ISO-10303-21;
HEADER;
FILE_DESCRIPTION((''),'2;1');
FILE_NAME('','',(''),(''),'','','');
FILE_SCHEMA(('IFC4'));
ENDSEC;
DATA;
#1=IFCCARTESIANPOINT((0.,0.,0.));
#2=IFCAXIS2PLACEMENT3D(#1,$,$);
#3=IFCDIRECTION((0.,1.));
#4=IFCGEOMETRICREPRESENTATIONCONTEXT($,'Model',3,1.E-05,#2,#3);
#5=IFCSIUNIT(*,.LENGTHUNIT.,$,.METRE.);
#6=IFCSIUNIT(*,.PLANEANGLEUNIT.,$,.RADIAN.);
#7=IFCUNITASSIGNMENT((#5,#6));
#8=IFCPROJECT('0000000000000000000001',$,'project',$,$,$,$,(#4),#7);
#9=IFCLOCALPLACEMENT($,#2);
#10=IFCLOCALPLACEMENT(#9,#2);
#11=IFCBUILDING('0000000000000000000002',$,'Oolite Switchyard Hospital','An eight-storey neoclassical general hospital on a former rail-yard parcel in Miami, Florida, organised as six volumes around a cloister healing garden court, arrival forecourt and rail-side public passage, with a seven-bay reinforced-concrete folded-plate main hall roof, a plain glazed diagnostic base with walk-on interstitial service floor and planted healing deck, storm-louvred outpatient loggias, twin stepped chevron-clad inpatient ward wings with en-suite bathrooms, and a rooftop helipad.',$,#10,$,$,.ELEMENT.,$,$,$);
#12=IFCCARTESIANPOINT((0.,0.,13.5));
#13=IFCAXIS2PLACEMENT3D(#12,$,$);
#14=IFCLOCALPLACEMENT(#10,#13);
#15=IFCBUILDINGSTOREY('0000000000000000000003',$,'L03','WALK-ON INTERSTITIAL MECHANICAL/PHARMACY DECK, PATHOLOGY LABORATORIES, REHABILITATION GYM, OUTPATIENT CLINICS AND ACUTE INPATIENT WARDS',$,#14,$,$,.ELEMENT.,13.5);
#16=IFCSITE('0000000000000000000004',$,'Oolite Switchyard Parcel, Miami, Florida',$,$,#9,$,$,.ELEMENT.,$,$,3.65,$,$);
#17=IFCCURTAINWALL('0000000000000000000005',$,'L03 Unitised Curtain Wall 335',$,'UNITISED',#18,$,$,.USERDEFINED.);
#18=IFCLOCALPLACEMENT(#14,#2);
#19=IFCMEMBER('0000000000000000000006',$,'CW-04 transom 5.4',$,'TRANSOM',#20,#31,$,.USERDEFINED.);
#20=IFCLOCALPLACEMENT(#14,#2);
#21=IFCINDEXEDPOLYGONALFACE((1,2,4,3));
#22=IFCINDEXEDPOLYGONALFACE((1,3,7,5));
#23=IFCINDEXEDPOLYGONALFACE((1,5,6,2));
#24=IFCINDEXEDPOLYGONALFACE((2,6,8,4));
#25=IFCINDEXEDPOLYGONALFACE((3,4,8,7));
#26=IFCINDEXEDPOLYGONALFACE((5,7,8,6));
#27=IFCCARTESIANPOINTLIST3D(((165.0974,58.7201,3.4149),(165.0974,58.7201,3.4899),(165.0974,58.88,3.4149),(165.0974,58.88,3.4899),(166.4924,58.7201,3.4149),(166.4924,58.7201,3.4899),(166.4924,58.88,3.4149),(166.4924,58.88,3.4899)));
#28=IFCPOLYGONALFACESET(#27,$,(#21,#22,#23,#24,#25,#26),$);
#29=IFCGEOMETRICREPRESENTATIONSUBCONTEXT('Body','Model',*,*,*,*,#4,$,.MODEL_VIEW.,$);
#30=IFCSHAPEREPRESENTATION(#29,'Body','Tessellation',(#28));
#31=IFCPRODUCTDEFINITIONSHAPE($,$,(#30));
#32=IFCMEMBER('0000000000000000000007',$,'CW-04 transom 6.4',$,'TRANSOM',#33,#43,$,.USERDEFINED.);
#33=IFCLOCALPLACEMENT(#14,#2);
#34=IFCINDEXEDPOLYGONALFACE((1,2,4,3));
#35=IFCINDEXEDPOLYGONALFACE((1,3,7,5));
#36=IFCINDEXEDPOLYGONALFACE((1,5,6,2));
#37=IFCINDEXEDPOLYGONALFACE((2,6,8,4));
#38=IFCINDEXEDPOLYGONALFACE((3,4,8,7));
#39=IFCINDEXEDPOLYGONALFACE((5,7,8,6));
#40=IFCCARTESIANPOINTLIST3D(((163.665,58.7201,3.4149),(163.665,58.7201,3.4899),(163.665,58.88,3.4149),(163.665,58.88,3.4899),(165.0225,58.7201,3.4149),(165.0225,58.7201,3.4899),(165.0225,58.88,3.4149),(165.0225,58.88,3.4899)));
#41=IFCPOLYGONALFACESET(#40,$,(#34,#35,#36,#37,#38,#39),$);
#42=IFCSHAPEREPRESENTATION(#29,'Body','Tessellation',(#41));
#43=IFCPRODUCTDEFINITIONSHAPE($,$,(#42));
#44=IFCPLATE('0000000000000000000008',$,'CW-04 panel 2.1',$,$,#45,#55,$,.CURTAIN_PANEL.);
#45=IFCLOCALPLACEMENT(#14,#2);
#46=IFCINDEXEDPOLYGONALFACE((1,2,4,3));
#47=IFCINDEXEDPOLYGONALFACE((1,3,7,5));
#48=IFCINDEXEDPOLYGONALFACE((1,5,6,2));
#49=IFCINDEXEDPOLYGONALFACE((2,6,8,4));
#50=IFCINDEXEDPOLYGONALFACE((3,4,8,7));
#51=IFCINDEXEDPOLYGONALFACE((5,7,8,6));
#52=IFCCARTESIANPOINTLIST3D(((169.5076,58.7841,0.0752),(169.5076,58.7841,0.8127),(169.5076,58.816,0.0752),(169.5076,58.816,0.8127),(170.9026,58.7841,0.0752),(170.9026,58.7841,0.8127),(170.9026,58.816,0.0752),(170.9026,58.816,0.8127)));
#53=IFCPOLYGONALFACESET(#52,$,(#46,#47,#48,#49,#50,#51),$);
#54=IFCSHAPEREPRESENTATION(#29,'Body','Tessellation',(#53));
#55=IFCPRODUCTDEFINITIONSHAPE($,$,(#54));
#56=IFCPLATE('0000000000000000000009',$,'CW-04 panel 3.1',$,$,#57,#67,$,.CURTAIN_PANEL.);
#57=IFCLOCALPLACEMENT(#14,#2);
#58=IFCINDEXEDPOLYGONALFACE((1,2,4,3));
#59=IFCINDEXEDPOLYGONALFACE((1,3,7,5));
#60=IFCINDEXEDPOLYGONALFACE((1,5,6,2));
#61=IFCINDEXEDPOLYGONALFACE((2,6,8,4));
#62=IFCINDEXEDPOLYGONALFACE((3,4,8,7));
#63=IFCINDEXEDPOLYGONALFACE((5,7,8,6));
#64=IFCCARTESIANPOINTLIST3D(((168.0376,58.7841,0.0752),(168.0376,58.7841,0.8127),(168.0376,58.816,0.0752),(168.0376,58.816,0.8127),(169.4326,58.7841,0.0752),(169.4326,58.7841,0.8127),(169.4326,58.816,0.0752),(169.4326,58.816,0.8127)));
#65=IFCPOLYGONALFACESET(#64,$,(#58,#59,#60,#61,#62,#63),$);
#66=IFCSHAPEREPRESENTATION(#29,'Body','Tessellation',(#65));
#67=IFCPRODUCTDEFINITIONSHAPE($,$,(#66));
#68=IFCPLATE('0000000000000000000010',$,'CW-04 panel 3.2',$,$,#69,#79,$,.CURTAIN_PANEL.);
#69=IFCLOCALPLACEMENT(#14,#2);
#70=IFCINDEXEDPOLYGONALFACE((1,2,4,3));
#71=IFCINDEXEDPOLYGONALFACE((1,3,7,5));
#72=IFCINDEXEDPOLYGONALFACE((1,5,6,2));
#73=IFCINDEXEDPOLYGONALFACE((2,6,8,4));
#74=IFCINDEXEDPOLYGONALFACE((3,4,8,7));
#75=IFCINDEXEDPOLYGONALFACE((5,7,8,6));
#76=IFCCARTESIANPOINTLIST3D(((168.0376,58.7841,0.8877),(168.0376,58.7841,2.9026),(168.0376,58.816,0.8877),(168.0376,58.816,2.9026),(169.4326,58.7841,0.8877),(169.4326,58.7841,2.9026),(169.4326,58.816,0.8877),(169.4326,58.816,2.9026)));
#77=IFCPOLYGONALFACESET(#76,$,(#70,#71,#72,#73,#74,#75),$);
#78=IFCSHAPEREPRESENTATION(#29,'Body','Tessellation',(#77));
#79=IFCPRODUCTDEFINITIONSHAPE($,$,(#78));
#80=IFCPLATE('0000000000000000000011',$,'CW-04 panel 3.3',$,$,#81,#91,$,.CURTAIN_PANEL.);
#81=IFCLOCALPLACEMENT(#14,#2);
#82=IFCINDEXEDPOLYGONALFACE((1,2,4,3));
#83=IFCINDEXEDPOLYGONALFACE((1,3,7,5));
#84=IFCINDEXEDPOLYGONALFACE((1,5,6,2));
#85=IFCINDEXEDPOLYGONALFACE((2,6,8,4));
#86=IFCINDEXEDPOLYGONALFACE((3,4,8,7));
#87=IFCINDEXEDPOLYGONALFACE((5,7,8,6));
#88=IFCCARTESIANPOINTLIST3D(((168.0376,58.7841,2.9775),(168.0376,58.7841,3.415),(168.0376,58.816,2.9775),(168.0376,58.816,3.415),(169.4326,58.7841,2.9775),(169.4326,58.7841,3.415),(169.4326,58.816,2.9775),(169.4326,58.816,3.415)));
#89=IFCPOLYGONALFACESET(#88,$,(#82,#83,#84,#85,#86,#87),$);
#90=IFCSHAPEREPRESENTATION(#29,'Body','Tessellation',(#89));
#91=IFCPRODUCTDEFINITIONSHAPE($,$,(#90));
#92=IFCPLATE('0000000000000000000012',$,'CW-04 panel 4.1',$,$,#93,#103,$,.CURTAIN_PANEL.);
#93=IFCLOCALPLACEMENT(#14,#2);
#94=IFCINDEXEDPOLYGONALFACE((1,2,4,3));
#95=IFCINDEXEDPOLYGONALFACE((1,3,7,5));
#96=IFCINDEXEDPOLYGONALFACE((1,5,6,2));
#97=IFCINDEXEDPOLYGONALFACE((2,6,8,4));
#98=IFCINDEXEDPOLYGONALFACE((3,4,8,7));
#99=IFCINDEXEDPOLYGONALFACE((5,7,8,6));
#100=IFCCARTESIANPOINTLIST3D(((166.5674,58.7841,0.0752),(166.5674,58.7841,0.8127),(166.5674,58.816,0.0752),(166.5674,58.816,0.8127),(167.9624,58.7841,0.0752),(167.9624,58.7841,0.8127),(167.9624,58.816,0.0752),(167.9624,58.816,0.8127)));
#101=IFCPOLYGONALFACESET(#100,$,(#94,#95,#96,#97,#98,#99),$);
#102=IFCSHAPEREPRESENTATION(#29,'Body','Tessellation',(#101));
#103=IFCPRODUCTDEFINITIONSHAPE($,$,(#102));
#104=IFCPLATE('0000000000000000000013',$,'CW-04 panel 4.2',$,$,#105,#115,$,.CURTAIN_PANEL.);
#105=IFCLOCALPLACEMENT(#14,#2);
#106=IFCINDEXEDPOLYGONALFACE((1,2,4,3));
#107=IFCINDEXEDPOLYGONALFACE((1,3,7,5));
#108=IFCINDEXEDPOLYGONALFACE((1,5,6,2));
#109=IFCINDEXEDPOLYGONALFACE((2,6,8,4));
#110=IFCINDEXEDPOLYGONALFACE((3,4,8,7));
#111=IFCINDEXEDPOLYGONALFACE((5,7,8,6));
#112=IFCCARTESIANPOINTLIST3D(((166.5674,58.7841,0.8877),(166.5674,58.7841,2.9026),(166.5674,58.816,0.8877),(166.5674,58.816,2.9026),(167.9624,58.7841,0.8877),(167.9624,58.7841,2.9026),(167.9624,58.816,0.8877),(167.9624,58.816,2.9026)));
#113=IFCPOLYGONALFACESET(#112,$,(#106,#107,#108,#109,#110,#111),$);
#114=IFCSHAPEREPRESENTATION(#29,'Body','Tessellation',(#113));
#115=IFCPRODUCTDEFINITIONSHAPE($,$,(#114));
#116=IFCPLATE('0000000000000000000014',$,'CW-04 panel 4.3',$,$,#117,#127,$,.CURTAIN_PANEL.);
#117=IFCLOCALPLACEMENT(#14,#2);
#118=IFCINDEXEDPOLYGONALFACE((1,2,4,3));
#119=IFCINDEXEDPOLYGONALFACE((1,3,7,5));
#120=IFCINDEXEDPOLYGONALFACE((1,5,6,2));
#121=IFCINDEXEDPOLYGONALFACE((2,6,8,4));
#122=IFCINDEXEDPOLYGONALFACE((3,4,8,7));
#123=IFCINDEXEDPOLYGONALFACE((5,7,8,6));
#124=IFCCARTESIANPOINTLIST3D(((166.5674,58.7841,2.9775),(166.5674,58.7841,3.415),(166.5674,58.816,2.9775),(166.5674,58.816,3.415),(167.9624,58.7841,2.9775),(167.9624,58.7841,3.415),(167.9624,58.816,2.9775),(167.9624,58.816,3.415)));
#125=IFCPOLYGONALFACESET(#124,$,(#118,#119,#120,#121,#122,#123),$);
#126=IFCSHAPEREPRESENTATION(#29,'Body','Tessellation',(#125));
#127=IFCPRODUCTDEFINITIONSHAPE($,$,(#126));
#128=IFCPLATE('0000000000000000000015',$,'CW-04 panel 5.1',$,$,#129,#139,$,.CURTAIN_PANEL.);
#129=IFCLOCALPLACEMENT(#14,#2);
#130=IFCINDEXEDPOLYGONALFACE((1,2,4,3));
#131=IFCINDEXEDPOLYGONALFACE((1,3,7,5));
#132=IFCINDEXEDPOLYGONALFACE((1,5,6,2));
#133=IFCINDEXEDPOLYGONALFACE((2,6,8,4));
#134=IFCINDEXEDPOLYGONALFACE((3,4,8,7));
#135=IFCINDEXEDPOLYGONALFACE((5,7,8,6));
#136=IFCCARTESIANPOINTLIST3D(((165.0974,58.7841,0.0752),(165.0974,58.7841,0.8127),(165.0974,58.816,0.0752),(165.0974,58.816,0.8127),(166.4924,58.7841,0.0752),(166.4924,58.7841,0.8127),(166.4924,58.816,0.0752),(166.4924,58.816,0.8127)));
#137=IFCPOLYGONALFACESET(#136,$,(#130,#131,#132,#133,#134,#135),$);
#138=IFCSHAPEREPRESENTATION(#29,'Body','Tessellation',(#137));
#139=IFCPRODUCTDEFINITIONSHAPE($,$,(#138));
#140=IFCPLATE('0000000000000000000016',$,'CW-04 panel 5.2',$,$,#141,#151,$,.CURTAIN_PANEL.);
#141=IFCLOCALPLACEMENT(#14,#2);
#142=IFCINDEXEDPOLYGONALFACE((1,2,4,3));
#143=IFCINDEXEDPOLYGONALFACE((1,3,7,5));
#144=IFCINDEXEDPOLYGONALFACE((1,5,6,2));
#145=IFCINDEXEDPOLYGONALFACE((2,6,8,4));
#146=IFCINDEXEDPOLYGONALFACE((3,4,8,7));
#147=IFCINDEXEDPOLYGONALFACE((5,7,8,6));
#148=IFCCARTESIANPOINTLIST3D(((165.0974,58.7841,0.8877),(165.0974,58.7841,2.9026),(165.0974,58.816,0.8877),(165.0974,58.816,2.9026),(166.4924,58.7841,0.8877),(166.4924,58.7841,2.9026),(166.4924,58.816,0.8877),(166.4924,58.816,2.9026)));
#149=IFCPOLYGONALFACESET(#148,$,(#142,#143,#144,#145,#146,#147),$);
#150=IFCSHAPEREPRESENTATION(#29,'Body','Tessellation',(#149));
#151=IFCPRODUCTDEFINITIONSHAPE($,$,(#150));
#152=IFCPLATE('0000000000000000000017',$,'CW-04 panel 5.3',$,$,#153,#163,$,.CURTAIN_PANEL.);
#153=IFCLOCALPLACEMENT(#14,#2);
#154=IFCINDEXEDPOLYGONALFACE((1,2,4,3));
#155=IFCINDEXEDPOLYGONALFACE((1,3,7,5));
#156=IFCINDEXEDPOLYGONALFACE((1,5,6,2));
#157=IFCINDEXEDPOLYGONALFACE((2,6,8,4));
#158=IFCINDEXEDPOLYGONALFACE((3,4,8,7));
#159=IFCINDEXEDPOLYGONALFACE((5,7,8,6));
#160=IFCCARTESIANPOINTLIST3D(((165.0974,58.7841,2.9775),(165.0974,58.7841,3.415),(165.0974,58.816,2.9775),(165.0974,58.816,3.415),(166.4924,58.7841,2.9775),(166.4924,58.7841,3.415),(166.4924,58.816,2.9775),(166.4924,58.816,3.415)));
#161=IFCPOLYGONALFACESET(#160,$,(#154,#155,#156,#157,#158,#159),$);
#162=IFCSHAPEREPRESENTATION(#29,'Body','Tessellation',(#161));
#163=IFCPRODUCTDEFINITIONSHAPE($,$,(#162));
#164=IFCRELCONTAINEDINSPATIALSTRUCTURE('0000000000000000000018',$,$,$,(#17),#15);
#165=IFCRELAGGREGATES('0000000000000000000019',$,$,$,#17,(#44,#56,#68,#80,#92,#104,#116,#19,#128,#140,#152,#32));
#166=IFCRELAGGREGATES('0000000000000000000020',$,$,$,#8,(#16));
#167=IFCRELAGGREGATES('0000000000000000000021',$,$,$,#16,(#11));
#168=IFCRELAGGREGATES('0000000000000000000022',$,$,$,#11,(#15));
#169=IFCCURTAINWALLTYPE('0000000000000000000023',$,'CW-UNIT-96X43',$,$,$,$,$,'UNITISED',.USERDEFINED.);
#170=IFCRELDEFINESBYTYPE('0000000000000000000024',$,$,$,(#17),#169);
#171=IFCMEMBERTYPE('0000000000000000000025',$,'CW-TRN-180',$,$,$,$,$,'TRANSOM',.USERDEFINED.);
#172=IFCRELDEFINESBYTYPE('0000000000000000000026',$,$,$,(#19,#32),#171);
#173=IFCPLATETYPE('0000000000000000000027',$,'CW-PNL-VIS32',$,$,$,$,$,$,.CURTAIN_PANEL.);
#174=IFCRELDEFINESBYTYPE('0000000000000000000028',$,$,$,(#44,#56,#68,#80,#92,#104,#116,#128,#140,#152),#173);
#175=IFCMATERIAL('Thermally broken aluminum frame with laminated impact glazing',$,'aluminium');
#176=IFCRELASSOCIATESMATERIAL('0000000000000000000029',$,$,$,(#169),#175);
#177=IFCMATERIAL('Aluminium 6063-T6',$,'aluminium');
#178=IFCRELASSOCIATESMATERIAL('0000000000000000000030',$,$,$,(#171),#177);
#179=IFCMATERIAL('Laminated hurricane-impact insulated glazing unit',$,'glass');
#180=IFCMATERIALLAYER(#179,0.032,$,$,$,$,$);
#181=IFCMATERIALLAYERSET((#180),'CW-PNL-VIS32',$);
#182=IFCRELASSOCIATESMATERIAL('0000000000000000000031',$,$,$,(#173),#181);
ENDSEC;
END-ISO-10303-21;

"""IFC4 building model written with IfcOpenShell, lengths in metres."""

from ifc_helpers import new_model, si_unit, direction, frame, origin, origin_2d, place, context, subcontext, project, spatial, rectangle, extrude, material, layer, layer_set, material_profile, profile_set, type_object, element, aggregate, save


model = new_model("IFC4")

# Units and contexts
model_context = context("Model", 3, precision=1e-05, world=origin(), true_north=direction((0.0, 1.0)))
body_context = subcontext(model_context, "Body", "Model", "MODEL_VIEW")
ifc_project = project(units=[si_unit("LENGTHUNIT", "METRE"), si_unit("PLANEANGLEUNIT", "RADIAN")], contexts=[model_context])

# Site, building, storey
site_placement = place(None, origin())
site = spatial("IfcSite", under=ifc_project, at=site_placement, Name="Oolite Switchyard Parcel, Miami, Florida", CompositionType="ELEMENT", RefElevation=3.65)
building_placement = place(site_placement, origin())
building = spatial("IfcBuilding", under=site, at=building_placement, Name="Oolite Switchyard Hospital", Description="An eight-storey neoclassical general hospital on a former rail-yard parcel in Miami, Florida, organised as six volumes around a cloister healing garden court, arrival forecourt and rail-side public passage, with a seven-bay reinforced-concrete folded-plate main hall roof, a plain glazed diagnostic base with walk-on interstitial service floor and planted healing deck, storm-louvred outpatient loggias, twin stepped chevron-clad inpatient ward wings with en-suite bathrooms, and a rooftop helipad.", CompositionType="ELEMENT")
storey_placement = place(building_placement, frame((0.0, 0.0, 13.5)))
storey = spatial("IfcBuildingStorey", under=building, at=storey_placement, Name="L03", Description="WALK-ON INTERSTITIAL MECHANICAL/PHARMACY DECK, PATHOLOGY LABORATORIES, REHABILITATION GYM, OUTPATIENT CLINICS AND ACUTE INPATIENT WARDS", CompositionType="ELEMENT", Elevation=13.5)

# Curtain wall, members, plates
ifc_material_1 = material(Name="Thermally broken aluminum frame with laminated impact glazing", Category="aluminium")
curtain_wall_type = type_object("IfcCurtainWallType", Name="CW-UNIT-96X43", ElementType="UNITISED", PredefinedType="USERDEFINED", material=ifc_material_1)
curtain_wall_placement = place(storey_placement, origin())
curtain_wall = element("IfcCurtainWall", 1, at=curtain_wall_placement, inside=storey, type_object=curtain_wall_type, Name="L03 Unitised Curtain Wall 335", ObjectType="UNITISED", PredefinedType="USERDEFINED")
ifc_material_2 = material(Name="Aluminium 6063-T6", Category="aluminium")
ifc_material_profile_1 = material_profile(ifc_material_2, rectangle(XDim=0.1599, YDim=0.075, at=origin_2d()), Name="CWT75X160")
ifc_profile_set_1 = profile_set([ifc_material_profile_1], Name="Aluminium 6063-T6")
member_type_1 = type_object("IfcMemberType", Name="CW-TRN-180", ElementType="TRANSOM", PredefinedType="USERDEFINED", material=ifc_profile_set_1)
member_1_placement = place(storey_placement, frame((166.4924, 58.8, 3.4524), z_axis=(-1.0, 0.0, 0.0), x_axis=(0.0, -1.0, 0.0)))
member_1 = element("IfcMember", 2, at=member_1_placement, type_object=member_type_1, Name="CW-04 transom 5.4", ObjectType="TRANSOM", PredefinedType="USERDEFINED", context=body_context, shape_type="SweptSolid", body=[
    extrude(rectangle(XDim=0.1599, YDim=0.075, at=origin_2d()), origin(), (0.0, 0.0, 1.0), 1.395),
])
member_2_placement = place(storey_placement, frame((165.0225, 58.8, 3.4524), z_axis=(-1.0, 0.0, 0.0), x_axis=(0.0, -1.0, 0.0)))
member_2 = element("IfcMember", 3, at=member_2_placement, type_object=member_type_1, Name="CW-04 transom 6.4", ObjectType="TRANSOM", PredefinedType="USERDEFINED", context=body_context, shape_type="SweptSolid", body=[
    extrude(rectangle(XDim=0.1599, YDim=0.075, at=origin_2d()), origin(), (0.0, 0.0, 1.0), 1.3574),
])
ifc_material_3 = material(Name="Laminated hurricane-impact insulated glazing unit", Category="glass")
ifc_layer = layer(ifc_material_3, 0.032)
ifc_layer_set = layer_set([ifc_layer], Name="CW-PNL-VIS32")
plate_type = type_object("IfcPlateType", Name="CW-PNL-VIS32", PredefinedType="CURTAIN_PANEL", material=ifc_layer_set)
plate_1_placement = place(storey_placement, frame((170.2051, 58.8, 0.0752), z_axis=(0.0, 0.0, 1.0), x_axis=(-1.0, 0.0, 0.0)))
plate_1 = element("IfcPlate", 4, at=plate_1_placement, type_object=plate_type, Name="CW-04 panel 2.1", PredefinedType="CURTAIN_PANEL", context=body_context, shape_type="SweptSolid", body=[
    extrude(rectangle(XDim=1.395, YDim=0.032, at=origin_2d()), origin(), (0.0, 0.0, 1.0), 0.7375),
])
plate_2_placement = place(storey_placement, frame((168.7351, 58.8, 0.0752), z_axis=(0.0, 0.0, 1.0), x_axis=(-1.0, 0.0, 0.0)))
plate_2 = element("IfcPlate", 5, at=plate_2_placement, type_object=plate_type, Name="CW-04 panel 3.1", PredefinedType="CURTAIN_PANEL", context=body_context, shape_type="SweptSolid", body=[
    extrude(rectangle(XDim=1.395, YDim=0.032, at=origin_2d()), origin(), (0.0, 0.0, 1.0), 0.7375),
])
plate_3_placement = place(storey_placement, frame((168.7351, 58.8, 0.8877), z_axis=(0.0, 0.0, 1.0), x_axis=(-1.0, 0.0, 0.0)))
plate_3 = element("IfcPlate", 6, at=plate_3_placement, type_object=plate_type, Name="CW-04 panel 3.2", PredefinedType="CURTAIN_PANEL", context=body_context, shape_type="SweptSolid", body=[
    extrude(rectangle(XDim=1.395, YDim=0.032, at=origin_2d()), origin(), (0.0, 0.0, 1.0), 2.0149),
])
plate_4_placement = place(storey_placement, frame((168.7351, 58.8, 2.9775), z_axis=(0.0, 0.0, 1.0), x_axis=(-1.0, 0.0, 0.0)))
plate_4 = element("IfcPlate", 7, at=plate_4_placement, type_object=plate_type, Name="CW-04 panel 3.3", PredefinedType="CURTAIN_PANEL", context=body_context, shape_type="SweptSolid", body=[
    extrude(rectangle(XDim=1.395, YDim=0.032, at=origin_2d()), origin(), (0.0, 0.0, 1.0), 0.4375),
])
plate_5_placement = place(storey_placement, frame((167.2649, 58.8, 0.0752), z_axis=(0.0, 0.0, 1.0), x_axis=(-1.0, 0.0, 0.0)))
plate_5 = element("IfcPlate", 8, at=plate_5_placement, type_object=plate_type, Name="CW-04 panel 4.1", PredefinedType="CURTAIN_PANEL", context=body_context, shape_type="SweptSolid", body=[
    extrude(rectangle(XDim=1.395, YDim=0.032, at=origin_2d()), origin(), (0.0, 0.0, 1.0), 0.7375),
])
plate_6_placement = place(storey_placement, frame((167.2649, 58.8, 0.8877), z_axis=(0.0, 0.0, 1.0), x_axis=(-1.0, 0.0, 0.0)))
plate_6 = element("IfcPlate", 9, at=plate_6_placement, type_object=plate_type, Name="CW-04 panel 4.2", PredefinedType="CURTAIN_PANEL", context=body_context, shape_type="SweptSolid", body=[
    extrude(rectangle(XDim=1.395, YDim=0.032, at=origin_2d()), origin(), (0.0, 0.0, 1.0), 2.0149),
])
plate_7_placement = place(storey_placement, frame((167.2649, 58.8, 2.9775), z_axis=(0.0, 0.0, 1.0), x_axis=(-1.0, 0.0, 0.0)))
plate_7 = element("IfcPlate", 10, at=plate_7_placement, type_object=plate_type, Name="CW-04 panel 4.3", PredefinedType="CURTAIN_PANEL", context=body_context, shape_type="SweptSolid", body=[
    extrude(rectangle(XDim=1.395, YDim=0.032, at=origin_2d()), origin(), (0.0, 0.0, 1.0), 0.4375),
])
plate_8_placement = place(storey_placement, frame((165.7949, 58.8, 0.0752), z_axis=(0.0, 0.0, 1.0), x_axis=(-1.0, 0.0, 0.0)))
plate_8 = element("IfcPlate", 11, at=plate_8_placement, type_object=plate_type, Name="CW-04 panel 5.1", PredefinedType="CURTAIN_PANEL", context=body_context, shape_type="SweptSolid", body=[
    extrude(rectangle(XDim=1.395, YDim=0.032, at=origin_2d()), origin(), (0.0, 0.0, 1.0), 0.7375),
])
plate_9_placement = place(storey_placement, frame((165.7949, 58.8, 0.8877), z_axis=(0.0, 0.0, 1.0), x_axis=(-1.0, 0.0, 0.0)))
plate_9 = element("IfcPlate", 12, at=plate_9_placement, type_object=plate_type, Name="CW-04 panel 5.2", PredefinedType="CURTAIN_PANEL", context=body_context, shape_type="SweptSolid", body=[
    extrude(rectangle(XDim=1.395, YDim=0.032, at=origin_2d()), origin(), (0.0, 0.0, 1.0), 2.0149),
])
plate_10_placement = place(storey_placement, frame((165.7949, 58.8, 2.9775), z_axis=(0.0, 0.0, 1.0), x_axis=(-1.0, 0.0, 0.0)))
plate_10 = element("IfcPlate", 13, at=plate_10_placement, type_object=plate_type, Name="CW-04 panel 5.3", PredefinedType="CURTAIN_PANEL", context=body_context, shape_type="SweptSolid", body=[
    extrude(rectangle(XDim=1.395, YDim=0.032, at=origin_2d()), origin(), (0.0, 0.0, 1.0), 0.4375),
])
aggregate(curtain_wall, [plate_1, plate_2, plate_3, plate_4, plate_5, plate_6, plate_7, member_1, plate_8, plate_9, plate_10, member_2])

save(model, "model.ifc")
